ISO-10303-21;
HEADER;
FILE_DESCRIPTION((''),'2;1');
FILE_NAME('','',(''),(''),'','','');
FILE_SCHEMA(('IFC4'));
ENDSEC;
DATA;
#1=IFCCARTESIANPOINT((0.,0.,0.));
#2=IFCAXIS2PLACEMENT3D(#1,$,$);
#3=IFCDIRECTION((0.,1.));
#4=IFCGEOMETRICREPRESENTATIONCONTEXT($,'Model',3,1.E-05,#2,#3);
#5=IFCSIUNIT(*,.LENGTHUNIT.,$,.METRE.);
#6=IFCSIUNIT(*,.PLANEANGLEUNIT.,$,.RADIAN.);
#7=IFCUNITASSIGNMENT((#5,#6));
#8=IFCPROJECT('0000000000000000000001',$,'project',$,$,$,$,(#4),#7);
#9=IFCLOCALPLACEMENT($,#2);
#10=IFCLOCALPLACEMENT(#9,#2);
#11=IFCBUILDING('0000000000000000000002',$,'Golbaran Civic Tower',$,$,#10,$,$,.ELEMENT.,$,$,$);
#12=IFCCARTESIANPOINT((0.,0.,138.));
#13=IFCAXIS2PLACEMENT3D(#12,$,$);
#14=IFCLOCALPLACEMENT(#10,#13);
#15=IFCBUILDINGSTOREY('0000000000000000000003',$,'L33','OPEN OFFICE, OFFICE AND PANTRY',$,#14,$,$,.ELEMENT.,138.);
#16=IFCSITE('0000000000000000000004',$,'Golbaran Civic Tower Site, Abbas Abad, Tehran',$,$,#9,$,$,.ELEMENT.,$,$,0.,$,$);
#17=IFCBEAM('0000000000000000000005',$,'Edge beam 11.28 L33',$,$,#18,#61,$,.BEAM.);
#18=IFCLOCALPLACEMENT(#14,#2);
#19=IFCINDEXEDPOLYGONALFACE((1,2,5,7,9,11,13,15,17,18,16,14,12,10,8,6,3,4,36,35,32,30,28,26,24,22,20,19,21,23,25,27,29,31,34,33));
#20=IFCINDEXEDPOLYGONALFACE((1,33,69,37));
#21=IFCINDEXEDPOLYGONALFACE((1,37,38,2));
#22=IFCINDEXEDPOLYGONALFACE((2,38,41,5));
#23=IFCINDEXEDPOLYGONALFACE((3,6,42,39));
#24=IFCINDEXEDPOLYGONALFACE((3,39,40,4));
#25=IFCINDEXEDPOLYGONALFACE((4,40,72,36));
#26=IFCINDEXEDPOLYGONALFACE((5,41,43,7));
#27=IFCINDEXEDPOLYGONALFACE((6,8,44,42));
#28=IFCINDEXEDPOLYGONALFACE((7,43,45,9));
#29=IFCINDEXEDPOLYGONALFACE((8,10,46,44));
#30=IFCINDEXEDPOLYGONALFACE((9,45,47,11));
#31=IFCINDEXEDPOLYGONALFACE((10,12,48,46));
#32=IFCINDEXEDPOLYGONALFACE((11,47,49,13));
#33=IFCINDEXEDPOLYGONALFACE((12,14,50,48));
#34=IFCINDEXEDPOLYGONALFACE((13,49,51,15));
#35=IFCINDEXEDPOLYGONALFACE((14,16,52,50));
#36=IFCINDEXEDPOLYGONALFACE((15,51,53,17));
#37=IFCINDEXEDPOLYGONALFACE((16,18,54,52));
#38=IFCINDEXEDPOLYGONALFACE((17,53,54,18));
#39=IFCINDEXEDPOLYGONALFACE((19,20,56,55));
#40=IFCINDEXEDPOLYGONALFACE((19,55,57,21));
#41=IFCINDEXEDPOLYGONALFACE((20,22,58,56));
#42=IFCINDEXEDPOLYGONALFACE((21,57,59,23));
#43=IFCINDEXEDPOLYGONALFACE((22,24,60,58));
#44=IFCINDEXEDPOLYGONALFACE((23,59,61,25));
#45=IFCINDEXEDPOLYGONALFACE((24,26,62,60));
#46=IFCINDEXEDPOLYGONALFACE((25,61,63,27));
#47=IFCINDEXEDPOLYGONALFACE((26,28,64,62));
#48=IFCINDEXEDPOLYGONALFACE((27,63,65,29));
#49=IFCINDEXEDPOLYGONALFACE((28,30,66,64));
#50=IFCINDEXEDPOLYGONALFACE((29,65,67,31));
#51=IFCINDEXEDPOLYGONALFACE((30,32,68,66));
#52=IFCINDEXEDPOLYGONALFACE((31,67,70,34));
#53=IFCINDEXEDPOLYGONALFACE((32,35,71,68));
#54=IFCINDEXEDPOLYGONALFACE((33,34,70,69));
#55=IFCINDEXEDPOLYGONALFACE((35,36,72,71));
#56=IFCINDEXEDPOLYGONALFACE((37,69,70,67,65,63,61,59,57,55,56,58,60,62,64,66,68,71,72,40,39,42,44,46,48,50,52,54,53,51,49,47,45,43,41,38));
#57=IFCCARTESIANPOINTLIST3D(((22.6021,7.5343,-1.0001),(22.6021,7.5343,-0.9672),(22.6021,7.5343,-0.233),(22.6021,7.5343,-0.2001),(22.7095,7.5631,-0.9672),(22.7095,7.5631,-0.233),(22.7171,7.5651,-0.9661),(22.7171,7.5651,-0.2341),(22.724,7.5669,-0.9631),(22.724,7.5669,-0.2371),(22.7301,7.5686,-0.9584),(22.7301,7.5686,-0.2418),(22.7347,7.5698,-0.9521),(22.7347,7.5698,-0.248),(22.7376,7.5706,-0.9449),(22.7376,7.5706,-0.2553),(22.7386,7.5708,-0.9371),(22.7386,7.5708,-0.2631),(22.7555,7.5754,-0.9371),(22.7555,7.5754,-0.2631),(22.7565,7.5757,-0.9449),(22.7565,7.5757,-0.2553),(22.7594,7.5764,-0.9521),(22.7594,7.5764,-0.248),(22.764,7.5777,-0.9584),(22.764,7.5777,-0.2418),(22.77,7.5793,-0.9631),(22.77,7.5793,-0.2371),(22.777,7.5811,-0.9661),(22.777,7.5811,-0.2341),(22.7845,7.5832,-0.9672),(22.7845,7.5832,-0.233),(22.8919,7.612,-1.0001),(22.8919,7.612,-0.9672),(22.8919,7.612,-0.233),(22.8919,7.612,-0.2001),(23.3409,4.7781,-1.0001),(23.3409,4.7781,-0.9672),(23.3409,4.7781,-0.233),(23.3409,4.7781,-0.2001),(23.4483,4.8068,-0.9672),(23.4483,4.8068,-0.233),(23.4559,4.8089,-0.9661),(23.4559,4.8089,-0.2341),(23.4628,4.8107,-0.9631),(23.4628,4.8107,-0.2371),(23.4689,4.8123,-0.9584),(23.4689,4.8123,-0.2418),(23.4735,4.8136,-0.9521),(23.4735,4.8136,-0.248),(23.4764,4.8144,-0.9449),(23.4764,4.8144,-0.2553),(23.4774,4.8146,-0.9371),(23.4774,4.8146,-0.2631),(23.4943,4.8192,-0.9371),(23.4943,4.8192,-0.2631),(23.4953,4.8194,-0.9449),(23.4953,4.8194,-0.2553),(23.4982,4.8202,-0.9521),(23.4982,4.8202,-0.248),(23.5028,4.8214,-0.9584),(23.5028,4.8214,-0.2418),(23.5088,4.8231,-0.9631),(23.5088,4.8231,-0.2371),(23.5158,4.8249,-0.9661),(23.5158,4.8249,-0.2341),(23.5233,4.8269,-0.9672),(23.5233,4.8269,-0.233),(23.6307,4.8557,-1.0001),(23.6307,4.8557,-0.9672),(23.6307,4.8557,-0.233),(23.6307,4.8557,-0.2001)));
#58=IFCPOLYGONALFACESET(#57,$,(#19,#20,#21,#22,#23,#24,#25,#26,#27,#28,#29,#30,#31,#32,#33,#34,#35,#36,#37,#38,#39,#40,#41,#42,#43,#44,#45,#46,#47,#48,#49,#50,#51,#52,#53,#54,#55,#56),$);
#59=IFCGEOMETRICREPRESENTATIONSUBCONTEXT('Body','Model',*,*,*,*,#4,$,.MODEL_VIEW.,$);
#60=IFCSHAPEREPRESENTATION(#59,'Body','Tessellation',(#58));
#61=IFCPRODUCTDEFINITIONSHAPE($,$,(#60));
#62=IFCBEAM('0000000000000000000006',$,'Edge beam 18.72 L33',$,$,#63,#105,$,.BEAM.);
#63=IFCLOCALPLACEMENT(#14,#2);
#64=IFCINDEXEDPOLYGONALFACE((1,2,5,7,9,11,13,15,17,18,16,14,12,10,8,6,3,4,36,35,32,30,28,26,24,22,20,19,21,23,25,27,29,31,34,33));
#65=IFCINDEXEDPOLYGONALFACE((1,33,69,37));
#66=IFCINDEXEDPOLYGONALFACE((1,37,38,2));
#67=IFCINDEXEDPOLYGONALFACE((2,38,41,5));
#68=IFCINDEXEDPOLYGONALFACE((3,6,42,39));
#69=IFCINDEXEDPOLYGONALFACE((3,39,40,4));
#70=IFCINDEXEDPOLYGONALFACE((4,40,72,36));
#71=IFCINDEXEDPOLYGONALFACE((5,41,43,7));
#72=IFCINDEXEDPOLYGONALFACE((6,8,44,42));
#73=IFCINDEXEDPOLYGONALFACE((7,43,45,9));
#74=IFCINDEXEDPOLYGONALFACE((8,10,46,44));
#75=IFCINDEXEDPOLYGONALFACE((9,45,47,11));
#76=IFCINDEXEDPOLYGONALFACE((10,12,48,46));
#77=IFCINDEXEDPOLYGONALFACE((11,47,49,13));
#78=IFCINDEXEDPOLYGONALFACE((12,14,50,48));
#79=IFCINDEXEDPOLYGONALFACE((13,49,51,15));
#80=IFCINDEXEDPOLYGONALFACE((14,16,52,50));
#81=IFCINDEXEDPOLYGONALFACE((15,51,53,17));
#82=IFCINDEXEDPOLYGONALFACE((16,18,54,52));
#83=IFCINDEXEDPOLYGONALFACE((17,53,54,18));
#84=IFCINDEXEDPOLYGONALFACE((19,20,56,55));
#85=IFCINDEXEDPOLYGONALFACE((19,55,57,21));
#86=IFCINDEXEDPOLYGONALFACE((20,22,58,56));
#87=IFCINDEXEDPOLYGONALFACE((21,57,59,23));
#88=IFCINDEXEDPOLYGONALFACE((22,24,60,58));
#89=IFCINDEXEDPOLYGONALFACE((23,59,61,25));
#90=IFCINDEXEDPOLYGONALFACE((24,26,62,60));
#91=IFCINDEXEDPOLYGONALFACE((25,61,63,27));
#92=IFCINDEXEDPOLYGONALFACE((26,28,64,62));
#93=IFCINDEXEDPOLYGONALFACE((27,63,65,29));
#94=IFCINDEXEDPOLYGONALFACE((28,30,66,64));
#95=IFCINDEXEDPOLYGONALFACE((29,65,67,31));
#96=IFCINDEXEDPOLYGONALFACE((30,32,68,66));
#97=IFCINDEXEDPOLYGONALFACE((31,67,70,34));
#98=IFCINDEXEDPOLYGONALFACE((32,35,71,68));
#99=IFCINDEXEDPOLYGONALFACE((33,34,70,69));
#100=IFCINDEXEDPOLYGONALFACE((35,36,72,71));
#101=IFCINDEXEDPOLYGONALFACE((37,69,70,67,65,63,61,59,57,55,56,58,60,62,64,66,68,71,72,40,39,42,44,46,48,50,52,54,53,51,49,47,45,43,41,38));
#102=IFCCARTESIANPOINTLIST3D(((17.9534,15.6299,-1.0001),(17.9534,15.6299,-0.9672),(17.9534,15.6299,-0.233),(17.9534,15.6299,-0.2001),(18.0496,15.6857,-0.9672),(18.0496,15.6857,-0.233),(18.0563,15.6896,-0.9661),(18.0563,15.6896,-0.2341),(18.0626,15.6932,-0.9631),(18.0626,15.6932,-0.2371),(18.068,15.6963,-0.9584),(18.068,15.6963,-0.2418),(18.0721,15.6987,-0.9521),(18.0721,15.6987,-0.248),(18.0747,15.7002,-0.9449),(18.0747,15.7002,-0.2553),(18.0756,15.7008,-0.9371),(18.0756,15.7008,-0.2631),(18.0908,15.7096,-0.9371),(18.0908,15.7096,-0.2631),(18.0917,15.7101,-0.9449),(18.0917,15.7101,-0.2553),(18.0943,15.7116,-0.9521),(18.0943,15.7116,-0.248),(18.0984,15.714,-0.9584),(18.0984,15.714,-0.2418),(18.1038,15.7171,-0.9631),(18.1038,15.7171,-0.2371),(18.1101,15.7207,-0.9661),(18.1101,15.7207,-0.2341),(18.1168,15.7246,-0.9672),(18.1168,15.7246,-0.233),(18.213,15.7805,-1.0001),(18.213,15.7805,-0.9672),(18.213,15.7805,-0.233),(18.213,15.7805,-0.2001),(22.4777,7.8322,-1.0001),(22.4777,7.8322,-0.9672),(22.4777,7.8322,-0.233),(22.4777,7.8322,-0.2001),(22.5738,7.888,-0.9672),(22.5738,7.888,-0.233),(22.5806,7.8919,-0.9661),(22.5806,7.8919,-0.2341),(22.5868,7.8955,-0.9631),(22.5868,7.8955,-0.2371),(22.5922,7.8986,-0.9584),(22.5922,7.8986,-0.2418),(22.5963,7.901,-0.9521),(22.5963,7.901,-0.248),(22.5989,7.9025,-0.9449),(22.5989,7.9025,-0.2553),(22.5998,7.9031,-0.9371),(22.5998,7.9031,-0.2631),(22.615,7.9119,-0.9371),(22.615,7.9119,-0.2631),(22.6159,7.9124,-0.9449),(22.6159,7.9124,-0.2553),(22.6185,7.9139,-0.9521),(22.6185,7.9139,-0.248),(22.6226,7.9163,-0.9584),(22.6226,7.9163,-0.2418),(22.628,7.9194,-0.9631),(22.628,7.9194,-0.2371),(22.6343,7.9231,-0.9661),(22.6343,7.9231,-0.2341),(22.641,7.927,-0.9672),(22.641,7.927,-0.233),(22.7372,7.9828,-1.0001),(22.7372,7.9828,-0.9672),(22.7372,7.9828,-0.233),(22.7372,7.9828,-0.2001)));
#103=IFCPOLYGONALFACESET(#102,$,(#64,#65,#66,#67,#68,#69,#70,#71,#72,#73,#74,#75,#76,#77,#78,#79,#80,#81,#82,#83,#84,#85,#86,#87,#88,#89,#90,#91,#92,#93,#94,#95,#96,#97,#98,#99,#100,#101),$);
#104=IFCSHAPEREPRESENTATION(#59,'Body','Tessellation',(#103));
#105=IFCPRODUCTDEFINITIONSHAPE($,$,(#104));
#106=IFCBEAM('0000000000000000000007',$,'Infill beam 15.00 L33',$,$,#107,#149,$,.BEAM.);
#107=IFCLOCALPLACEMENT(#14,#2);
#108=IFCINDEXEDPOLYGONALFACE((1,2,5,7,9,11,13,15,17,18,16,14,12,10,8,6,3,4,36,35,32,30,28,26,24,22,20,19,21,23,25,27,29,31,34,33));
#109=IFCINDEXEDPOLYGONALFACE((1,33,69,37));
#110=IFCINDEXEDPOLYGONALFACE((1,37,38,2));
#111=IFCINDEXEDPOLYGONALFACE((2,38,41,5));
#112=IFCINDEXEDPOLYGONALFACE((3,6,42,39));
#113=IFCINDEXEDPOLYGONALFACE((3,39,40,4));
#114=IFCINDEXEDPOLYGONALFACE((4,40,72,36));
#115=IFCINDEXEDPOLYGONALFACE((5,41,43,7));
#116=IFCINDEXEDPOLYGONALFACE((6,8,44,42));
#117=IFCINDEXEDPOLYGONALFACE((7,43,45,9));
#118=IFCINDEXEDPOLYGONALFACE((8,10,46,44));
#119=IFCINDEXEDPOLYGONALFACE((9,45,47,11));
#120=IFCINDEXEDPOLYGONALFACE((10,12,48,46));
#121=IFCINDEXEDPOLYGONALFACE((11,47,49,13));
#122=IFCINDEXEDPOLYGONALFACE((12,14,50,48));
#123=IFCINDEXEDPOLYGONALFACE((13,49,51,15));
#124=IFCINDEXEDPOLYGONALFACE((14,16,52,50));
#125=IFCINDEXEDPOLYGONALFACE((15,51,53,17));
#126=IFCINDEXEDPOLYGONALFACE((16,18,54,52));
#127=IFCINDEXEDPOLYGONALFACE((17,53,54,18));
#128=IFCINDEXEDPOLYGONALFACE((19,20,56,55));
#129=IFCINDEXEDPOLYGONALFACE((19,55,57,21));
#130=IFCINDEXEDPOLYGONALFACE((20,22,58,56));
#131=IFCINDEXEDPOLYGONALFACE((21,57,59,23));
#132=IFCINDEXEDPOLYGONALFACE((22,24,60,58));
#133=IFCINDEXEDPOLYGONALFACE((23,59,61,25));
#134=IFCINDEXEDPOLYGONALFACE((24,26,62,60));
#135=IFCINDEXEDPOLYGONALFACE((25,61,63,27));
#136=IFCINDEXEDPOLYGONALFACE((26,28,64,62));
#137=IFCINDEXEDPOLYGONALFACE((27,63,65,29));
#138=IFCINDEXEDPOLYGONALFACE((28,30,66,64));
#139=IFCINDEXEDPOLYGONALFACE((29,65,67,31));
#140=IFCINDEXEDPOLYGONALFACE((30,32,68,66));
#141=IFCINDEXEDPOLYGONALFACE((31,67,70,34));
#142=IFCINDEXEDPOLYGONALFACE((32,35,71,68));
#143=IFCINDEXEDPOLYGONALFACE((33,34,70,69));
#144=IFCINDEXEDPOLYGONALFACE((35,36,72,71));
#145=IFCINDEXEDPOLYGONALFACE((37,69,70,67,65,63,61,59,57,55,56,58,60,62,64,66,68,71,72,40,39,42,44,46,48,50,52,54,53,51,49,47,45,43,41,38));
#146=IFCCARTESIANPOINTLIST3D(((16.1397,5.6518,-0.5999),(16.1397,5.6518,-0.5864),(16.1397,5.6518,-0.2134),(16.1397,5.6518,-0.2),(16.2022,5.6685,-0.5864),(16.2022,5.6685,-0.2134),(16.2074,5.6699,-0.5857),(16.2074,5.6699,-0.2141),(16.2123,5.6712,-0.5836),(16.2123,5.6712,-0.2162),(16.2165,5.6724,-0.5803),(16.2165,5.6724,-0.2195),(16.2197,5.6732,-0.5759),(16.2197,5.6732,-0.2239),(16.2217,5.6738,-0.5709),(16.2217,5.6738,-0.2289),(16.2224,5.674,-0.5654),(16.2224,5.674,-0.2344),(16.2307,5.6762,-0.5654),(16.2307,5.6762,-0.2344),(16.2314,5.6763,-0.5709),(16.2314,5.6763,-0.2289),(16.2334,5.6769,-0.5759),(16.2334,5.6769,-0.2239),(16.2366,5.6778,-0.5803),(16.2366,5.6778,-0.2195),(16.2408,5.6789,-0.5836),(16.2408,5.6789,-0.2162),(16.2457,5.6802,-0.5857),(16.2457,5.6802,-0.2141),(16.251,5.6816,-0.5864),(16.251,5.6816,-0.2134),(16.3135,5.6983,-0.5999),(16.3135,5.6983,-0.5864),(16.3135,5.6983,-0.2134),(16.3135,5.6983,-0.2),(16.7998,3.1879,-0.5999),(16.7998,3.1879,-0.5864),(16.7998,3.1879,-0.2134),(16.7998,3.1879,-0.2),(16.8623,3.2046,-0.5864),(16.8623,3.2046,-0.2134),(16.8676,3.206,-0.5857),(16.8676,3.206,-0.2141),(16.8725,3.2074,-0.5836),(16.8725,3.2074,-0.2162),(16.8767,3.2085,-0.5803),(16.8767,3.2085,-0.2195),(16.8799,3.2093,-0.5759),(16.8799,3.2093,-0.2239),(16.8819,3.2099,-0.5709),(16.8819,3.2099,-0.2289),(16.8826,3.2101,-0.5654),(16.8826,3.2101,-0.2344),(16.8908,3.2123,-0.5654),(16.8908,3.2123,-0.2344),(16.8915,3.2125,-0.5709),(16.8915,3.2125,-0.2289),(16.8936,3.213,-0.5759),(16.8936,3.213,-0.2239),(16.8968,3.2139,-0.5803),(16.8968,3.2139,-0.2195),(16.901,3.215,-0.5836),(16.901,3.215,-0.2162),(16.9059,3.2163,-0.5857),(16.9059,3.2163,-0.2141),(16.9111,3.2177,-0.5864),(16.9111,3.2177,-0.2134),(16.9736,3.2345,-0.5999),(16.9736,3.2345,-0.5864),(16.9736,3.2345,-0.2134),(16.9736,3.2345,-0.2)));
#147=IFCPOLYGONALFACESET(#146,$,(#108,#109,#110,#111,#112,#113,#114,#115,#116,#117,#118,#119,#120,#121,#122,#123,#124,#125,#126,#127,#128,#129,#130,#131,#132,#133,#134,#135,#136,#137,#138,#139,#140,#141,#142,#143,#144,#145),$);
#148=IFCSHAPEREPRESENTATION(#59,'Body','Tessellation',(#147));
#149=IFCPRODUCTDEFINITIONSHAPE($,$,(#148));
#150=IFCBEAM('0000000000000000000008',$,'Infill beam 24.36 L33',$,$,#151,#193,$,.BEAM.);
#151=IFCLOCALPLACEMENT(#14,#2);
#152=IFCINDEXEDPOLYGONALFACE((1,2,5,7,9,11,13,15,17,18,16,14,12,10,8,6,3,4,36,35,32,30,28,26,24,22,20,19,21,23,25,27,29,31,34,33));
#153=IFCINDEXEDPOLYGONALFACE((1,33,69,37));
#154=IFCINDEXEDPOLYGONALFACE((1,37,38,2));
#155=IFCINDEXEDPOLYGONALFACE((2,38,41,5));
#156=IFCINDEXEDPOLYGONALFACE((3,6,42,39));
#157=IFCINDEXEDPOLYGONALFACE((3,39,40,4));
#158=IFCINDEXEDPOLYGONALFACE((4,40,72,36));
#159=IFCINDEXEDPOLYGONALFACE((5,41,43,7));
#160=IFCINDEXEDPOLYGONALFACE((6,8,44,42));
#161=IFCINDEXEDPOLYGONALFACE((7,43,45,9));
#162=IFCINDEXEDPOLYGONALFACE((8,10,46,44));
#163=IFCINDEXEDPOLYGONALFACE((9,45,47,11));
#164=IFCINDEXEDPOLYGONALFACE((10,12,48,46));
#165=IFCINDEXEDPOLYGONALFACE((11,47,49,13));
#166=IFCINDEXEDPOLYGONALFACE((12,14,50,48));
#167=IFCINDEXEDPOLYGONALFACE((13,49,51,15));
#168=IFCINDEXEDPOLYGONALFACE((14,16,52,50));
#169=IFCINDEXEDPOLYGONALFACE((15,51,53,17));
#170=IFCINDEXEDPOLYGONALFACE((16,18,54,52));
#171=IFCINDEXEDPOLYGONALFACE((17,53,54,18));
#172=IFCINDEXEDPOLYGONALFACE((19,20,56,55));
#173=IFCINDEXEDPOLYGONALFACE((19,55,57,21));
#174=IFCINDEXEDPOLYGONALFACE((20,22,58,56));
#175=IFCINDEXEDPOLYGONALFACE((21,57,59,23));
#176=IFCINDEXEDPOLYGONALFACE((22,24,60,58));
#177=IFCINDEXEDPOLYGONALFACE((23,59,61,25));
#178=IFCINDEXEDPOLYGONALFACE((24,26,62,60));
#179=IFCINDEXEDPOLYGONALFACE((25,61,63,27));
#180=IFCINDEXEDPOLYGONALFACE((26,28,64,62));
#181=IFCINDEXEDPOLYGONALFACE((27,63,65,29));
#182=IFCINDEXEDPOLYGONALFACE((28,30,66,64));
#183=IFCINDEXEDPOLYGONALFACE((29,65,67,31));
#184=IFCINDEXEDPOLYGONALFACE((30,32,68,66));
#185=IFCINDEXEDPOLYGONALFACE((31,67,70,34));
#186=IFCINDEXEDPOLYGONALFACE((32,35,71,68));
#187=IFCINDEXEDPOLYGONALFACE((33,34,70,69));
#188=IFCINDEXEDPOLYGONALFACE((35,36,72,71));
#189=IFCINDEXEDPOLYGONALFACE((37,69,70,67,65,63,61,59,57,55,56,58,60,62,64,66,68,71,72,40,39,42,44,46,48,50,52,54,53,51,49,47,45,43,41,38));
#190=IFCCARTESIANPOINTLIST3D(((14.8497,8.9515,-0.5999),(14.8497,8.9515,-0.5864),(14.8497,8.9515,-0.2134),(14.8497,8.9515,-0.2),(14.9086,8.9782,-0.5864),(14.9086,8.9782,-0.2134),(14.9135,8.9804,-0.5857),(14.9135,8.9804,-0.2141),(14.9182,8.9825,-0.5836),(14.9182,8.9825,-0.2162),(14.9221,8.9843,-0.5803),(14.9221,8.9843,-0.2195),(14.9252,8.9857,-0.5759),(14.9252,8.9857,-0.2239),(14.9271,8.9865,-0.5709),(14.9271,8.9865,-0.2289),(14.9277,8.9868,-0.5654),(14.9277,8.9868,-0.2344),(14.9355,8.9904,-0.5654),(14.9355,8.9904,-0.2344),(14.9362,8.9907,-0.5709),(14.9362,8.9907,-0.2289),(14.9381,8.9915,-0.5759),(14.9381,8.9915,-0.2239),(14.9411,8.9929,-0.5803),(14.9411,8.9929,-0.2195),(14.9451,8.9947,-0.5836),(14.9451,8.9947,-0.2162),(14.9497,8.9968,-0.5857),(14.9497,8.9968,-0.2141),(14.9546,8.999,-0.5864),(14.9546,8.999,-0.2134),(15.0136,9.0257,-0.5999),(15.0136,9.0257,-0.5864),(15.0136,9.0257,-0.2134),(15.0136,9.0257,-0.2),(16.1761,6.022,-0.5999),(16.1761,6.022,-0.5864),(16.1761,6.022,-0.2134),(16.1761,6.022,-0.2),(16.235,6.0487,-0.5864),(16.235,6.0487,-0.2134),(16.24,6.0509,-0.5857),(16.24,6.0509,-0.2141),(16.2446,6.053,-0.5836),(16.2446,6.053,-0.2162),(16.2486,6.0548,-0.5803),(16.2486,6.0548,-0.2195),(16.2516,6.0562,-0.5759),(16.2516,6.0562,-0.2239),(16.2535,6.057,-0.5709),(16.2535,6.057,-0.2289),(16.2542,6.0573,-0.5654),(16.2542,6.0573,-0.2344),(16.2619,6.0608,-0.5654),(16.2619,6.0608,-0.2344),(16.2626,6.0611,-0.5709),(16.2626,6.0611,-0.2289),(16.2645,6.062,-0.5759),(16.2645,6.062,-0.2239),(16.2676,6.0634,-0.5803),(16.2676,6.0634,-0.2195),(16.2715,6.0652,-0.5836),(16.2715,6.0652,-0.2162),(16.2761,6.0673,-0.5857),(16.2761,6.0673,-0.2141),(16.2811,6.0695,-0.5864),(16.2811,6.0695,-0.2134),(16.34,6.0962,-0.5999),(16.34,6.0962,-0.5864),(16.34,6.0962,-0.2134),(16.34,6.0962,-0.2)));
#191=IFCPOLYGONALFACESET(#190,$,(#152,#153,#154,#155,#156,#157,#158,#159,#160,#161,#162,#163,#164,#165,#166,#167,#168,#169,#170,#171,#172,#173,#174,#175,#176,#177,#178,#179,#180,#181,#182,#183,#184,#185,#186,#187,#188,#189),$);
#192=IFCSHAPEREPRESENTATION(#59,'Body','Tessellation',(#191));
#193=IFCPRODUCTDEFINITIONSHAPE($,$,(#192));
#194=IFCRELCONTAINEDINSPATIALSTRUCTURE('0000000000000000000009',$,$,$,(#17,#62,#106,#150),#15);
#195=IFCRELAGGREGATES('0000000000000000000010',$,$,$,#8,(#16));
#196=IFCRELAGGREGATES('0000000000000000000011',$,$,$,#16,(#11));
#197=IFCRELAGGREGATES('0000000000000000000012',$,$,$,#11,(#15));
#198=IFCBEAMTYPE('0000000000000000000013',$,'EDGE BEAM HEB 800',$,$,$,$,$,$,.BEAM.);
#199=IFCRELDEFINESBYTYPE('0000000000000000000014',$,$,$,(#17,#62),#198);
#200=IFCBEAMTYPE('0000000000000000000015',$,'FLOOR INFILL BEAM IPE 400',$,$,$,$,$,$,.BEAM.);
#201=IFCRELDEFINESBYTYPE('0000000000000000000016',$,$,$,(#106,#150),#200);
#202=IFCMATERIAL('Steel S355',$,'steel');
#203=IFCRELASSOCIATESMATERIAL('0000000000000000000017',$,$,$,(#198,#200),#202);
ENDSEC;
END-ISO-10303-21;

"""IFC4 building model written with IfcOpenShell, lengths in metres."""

from ifc_helpers import new_model, si_unit, direction, frame, origin, origin_2d, place, context, subcontext, project, spatial, i_section, extrude, material, material_profile, profile_set, type_object, element, save


model = new_model("IFC4")

# Units and contexts
model_context = context("Model", 3, precision=1e-05, world=origin(), true_north=direction((0.0, 1.0)))
body_context = subcontext(model_context, "Body", "Model", "MODEL_VIEW")
ifc_project = project(units=[si_unit("LENGTHUNIT", "METRE"), si_unit("PLANEANGLEUNIT", "RADIAN")], contexts=[model_context])

# Site, building, storey
site_placement = place(None, origin())
site = spatial("IfcSite", under=ifc_project, at=site_placement, Name="Golbaran Civic Tower Site, Abbas Abad, Tehran", CompositionType="ELEMENT", RefElevation=0.0)
building_placement = place(site_placement, origin())
building = spatial("IfcBuilding", under=site, at=building_placement, Name="Golbaran Civic Tower", CompositionType="ELEMENT")
storey_placement = place(building_placement, frame((0.0, 0.0, 138.0)))
storey = spatial("IfcBuildingStorey", under=building, at=storey_placement, Name="L33", Description="OPEN OFFICE, OFFICE AND PANTRY", CompositionType="ELEMENT", Elevation=138.0)

# Beams
ifc_material_1 = material(Name="Steel S355", Category="steel")
ifc_material_profile_1 = material_profile(ifc_material_1, i_section(OverallWidth=0.3, OverallDepth=0.8, WebThickness=0.0176, FlangeThickness=0.033, FilletRadius=0.03, at=origin_2d()), Name="HEB 800")
ifc_profile_set_1 = profile_set([ifc_material_profile_1], Name="Steel S355")
beam_type_1 = type_object("IfcBeamType", Name="EDGE BEAM HEB 800", PredefinedType="BEAM", material=ifc_profile_set_1)
beam_1_placement = place(storey_placement, frame((23.4858, 4.8169, -0.6001), z_axis=(-0.258909, 0.965902, 0.0), x_axis=(-0.965902, -0.258909, 0.0)))
element("IfcBeam", 1, at=beam_1_placement, inside=storey, type_object=beam_type_1, Name="Edge beam 11.28 L33", PredefinedType="BEAM", context=body_context, shape_type="SweptSolid", body=[
    extrude(i_section(OverallWidth=0.3, OverallDepth=0.8, WebThickness=0.0176, FlangeThickness=0.033, FilletRadius=0.03, at=origin_2d()), origin(), (0.0, 0.0, 1.0), 2.8535),
])
beam_2_placement = place(storey_placement, frame((22.6074, 7.9075, -0.6001), z_axis=(-0.501847, 0.864956, 0.0), x_axis=(-0.864956, -0.501847, 0.0)))
element("IfcBeam", 2, at=beam_2_placement, inside=storey, type_object=beam_type_1, Name="Edge beam 18.72 L33", PredefinedType="BEAM", context=body_context, shape_type="SweptSolid", body=[
    extrude(i_section(OverallWidth=0.3, OverallDepth=0.8, WebThickness=0.0176, FlangeThickness=0.033, FilletRadius=0.03, at=origin_2d()), origin(), (0.0, 0.0, 1.0), 9.0151),
])
ifc_material_profile_2 = material_profile(ifc_material_1, i_section(OverallWidth=0.1799, OverallDepth=0.3999, WebThickness=0.0085, FlangeThickness=0.0134, FilletRadius=0.021, at=origin_2d()), Name="IPE 400")
ifc_profile_set_2 = profile_set([ifc_material_profile_2], Name="Steel S355")
beam_type_2 = type_object("IfcBeamType", Name="FLOOR INFILL BEAM IPE 400", PredefinedType="BEAM", material=ifc_profile_set_2)
beam_3_placement = place(storey_placement, frame((16.8867, 3.2112, -0.3999), z_axis=(-0.258806, 0.965929, 0.0), x_axis=(-0.965929, -0.258806, 0.0)))
element("IfcBeam", 3, at=beam_3_placement, inside=storey, type_object=beam_type_2, Name="Infill beam 15.00 L33", PredefinedType="BEAM", context=body_context, shape_type="SweptSolid", body=[
    extrude(i_section(OverallWidth=0.1799, OverallDepth=0.3999, WebThickness=0.0085, FlangeThickness=0.0134, FilletRadius=0.021, at=origin_2d()), origin(), (0.0, 0.0, 1.0), 2.5508),
])
beam_4_placement = place(storey_placement, frame((16.2581, 6.0591, -0.3999), z_axis=(-0.412475, 0.910969, 0.0), x_axis=(-0.910969, -0.412475, 0.0)))
element("IfcBeam", 4, at=beam_4_placement, inside=storey, type_object=beam_type_2, Name="Infill beam 24.36 L33", PredefinedType="BEAM", context=body_context, shape_type="SweptSolid", body=[
    extrude(i_section(OverallWidth=0.1799, OverallDepth=0.3999, WebThickness=0.0085, FlangeThickness=0.0134, FilletRadius=0.021, at=origin_2d()), origin(), (0.0, 0.0, 1.0), 3.2158),
])

save(model, "model.ifc")
